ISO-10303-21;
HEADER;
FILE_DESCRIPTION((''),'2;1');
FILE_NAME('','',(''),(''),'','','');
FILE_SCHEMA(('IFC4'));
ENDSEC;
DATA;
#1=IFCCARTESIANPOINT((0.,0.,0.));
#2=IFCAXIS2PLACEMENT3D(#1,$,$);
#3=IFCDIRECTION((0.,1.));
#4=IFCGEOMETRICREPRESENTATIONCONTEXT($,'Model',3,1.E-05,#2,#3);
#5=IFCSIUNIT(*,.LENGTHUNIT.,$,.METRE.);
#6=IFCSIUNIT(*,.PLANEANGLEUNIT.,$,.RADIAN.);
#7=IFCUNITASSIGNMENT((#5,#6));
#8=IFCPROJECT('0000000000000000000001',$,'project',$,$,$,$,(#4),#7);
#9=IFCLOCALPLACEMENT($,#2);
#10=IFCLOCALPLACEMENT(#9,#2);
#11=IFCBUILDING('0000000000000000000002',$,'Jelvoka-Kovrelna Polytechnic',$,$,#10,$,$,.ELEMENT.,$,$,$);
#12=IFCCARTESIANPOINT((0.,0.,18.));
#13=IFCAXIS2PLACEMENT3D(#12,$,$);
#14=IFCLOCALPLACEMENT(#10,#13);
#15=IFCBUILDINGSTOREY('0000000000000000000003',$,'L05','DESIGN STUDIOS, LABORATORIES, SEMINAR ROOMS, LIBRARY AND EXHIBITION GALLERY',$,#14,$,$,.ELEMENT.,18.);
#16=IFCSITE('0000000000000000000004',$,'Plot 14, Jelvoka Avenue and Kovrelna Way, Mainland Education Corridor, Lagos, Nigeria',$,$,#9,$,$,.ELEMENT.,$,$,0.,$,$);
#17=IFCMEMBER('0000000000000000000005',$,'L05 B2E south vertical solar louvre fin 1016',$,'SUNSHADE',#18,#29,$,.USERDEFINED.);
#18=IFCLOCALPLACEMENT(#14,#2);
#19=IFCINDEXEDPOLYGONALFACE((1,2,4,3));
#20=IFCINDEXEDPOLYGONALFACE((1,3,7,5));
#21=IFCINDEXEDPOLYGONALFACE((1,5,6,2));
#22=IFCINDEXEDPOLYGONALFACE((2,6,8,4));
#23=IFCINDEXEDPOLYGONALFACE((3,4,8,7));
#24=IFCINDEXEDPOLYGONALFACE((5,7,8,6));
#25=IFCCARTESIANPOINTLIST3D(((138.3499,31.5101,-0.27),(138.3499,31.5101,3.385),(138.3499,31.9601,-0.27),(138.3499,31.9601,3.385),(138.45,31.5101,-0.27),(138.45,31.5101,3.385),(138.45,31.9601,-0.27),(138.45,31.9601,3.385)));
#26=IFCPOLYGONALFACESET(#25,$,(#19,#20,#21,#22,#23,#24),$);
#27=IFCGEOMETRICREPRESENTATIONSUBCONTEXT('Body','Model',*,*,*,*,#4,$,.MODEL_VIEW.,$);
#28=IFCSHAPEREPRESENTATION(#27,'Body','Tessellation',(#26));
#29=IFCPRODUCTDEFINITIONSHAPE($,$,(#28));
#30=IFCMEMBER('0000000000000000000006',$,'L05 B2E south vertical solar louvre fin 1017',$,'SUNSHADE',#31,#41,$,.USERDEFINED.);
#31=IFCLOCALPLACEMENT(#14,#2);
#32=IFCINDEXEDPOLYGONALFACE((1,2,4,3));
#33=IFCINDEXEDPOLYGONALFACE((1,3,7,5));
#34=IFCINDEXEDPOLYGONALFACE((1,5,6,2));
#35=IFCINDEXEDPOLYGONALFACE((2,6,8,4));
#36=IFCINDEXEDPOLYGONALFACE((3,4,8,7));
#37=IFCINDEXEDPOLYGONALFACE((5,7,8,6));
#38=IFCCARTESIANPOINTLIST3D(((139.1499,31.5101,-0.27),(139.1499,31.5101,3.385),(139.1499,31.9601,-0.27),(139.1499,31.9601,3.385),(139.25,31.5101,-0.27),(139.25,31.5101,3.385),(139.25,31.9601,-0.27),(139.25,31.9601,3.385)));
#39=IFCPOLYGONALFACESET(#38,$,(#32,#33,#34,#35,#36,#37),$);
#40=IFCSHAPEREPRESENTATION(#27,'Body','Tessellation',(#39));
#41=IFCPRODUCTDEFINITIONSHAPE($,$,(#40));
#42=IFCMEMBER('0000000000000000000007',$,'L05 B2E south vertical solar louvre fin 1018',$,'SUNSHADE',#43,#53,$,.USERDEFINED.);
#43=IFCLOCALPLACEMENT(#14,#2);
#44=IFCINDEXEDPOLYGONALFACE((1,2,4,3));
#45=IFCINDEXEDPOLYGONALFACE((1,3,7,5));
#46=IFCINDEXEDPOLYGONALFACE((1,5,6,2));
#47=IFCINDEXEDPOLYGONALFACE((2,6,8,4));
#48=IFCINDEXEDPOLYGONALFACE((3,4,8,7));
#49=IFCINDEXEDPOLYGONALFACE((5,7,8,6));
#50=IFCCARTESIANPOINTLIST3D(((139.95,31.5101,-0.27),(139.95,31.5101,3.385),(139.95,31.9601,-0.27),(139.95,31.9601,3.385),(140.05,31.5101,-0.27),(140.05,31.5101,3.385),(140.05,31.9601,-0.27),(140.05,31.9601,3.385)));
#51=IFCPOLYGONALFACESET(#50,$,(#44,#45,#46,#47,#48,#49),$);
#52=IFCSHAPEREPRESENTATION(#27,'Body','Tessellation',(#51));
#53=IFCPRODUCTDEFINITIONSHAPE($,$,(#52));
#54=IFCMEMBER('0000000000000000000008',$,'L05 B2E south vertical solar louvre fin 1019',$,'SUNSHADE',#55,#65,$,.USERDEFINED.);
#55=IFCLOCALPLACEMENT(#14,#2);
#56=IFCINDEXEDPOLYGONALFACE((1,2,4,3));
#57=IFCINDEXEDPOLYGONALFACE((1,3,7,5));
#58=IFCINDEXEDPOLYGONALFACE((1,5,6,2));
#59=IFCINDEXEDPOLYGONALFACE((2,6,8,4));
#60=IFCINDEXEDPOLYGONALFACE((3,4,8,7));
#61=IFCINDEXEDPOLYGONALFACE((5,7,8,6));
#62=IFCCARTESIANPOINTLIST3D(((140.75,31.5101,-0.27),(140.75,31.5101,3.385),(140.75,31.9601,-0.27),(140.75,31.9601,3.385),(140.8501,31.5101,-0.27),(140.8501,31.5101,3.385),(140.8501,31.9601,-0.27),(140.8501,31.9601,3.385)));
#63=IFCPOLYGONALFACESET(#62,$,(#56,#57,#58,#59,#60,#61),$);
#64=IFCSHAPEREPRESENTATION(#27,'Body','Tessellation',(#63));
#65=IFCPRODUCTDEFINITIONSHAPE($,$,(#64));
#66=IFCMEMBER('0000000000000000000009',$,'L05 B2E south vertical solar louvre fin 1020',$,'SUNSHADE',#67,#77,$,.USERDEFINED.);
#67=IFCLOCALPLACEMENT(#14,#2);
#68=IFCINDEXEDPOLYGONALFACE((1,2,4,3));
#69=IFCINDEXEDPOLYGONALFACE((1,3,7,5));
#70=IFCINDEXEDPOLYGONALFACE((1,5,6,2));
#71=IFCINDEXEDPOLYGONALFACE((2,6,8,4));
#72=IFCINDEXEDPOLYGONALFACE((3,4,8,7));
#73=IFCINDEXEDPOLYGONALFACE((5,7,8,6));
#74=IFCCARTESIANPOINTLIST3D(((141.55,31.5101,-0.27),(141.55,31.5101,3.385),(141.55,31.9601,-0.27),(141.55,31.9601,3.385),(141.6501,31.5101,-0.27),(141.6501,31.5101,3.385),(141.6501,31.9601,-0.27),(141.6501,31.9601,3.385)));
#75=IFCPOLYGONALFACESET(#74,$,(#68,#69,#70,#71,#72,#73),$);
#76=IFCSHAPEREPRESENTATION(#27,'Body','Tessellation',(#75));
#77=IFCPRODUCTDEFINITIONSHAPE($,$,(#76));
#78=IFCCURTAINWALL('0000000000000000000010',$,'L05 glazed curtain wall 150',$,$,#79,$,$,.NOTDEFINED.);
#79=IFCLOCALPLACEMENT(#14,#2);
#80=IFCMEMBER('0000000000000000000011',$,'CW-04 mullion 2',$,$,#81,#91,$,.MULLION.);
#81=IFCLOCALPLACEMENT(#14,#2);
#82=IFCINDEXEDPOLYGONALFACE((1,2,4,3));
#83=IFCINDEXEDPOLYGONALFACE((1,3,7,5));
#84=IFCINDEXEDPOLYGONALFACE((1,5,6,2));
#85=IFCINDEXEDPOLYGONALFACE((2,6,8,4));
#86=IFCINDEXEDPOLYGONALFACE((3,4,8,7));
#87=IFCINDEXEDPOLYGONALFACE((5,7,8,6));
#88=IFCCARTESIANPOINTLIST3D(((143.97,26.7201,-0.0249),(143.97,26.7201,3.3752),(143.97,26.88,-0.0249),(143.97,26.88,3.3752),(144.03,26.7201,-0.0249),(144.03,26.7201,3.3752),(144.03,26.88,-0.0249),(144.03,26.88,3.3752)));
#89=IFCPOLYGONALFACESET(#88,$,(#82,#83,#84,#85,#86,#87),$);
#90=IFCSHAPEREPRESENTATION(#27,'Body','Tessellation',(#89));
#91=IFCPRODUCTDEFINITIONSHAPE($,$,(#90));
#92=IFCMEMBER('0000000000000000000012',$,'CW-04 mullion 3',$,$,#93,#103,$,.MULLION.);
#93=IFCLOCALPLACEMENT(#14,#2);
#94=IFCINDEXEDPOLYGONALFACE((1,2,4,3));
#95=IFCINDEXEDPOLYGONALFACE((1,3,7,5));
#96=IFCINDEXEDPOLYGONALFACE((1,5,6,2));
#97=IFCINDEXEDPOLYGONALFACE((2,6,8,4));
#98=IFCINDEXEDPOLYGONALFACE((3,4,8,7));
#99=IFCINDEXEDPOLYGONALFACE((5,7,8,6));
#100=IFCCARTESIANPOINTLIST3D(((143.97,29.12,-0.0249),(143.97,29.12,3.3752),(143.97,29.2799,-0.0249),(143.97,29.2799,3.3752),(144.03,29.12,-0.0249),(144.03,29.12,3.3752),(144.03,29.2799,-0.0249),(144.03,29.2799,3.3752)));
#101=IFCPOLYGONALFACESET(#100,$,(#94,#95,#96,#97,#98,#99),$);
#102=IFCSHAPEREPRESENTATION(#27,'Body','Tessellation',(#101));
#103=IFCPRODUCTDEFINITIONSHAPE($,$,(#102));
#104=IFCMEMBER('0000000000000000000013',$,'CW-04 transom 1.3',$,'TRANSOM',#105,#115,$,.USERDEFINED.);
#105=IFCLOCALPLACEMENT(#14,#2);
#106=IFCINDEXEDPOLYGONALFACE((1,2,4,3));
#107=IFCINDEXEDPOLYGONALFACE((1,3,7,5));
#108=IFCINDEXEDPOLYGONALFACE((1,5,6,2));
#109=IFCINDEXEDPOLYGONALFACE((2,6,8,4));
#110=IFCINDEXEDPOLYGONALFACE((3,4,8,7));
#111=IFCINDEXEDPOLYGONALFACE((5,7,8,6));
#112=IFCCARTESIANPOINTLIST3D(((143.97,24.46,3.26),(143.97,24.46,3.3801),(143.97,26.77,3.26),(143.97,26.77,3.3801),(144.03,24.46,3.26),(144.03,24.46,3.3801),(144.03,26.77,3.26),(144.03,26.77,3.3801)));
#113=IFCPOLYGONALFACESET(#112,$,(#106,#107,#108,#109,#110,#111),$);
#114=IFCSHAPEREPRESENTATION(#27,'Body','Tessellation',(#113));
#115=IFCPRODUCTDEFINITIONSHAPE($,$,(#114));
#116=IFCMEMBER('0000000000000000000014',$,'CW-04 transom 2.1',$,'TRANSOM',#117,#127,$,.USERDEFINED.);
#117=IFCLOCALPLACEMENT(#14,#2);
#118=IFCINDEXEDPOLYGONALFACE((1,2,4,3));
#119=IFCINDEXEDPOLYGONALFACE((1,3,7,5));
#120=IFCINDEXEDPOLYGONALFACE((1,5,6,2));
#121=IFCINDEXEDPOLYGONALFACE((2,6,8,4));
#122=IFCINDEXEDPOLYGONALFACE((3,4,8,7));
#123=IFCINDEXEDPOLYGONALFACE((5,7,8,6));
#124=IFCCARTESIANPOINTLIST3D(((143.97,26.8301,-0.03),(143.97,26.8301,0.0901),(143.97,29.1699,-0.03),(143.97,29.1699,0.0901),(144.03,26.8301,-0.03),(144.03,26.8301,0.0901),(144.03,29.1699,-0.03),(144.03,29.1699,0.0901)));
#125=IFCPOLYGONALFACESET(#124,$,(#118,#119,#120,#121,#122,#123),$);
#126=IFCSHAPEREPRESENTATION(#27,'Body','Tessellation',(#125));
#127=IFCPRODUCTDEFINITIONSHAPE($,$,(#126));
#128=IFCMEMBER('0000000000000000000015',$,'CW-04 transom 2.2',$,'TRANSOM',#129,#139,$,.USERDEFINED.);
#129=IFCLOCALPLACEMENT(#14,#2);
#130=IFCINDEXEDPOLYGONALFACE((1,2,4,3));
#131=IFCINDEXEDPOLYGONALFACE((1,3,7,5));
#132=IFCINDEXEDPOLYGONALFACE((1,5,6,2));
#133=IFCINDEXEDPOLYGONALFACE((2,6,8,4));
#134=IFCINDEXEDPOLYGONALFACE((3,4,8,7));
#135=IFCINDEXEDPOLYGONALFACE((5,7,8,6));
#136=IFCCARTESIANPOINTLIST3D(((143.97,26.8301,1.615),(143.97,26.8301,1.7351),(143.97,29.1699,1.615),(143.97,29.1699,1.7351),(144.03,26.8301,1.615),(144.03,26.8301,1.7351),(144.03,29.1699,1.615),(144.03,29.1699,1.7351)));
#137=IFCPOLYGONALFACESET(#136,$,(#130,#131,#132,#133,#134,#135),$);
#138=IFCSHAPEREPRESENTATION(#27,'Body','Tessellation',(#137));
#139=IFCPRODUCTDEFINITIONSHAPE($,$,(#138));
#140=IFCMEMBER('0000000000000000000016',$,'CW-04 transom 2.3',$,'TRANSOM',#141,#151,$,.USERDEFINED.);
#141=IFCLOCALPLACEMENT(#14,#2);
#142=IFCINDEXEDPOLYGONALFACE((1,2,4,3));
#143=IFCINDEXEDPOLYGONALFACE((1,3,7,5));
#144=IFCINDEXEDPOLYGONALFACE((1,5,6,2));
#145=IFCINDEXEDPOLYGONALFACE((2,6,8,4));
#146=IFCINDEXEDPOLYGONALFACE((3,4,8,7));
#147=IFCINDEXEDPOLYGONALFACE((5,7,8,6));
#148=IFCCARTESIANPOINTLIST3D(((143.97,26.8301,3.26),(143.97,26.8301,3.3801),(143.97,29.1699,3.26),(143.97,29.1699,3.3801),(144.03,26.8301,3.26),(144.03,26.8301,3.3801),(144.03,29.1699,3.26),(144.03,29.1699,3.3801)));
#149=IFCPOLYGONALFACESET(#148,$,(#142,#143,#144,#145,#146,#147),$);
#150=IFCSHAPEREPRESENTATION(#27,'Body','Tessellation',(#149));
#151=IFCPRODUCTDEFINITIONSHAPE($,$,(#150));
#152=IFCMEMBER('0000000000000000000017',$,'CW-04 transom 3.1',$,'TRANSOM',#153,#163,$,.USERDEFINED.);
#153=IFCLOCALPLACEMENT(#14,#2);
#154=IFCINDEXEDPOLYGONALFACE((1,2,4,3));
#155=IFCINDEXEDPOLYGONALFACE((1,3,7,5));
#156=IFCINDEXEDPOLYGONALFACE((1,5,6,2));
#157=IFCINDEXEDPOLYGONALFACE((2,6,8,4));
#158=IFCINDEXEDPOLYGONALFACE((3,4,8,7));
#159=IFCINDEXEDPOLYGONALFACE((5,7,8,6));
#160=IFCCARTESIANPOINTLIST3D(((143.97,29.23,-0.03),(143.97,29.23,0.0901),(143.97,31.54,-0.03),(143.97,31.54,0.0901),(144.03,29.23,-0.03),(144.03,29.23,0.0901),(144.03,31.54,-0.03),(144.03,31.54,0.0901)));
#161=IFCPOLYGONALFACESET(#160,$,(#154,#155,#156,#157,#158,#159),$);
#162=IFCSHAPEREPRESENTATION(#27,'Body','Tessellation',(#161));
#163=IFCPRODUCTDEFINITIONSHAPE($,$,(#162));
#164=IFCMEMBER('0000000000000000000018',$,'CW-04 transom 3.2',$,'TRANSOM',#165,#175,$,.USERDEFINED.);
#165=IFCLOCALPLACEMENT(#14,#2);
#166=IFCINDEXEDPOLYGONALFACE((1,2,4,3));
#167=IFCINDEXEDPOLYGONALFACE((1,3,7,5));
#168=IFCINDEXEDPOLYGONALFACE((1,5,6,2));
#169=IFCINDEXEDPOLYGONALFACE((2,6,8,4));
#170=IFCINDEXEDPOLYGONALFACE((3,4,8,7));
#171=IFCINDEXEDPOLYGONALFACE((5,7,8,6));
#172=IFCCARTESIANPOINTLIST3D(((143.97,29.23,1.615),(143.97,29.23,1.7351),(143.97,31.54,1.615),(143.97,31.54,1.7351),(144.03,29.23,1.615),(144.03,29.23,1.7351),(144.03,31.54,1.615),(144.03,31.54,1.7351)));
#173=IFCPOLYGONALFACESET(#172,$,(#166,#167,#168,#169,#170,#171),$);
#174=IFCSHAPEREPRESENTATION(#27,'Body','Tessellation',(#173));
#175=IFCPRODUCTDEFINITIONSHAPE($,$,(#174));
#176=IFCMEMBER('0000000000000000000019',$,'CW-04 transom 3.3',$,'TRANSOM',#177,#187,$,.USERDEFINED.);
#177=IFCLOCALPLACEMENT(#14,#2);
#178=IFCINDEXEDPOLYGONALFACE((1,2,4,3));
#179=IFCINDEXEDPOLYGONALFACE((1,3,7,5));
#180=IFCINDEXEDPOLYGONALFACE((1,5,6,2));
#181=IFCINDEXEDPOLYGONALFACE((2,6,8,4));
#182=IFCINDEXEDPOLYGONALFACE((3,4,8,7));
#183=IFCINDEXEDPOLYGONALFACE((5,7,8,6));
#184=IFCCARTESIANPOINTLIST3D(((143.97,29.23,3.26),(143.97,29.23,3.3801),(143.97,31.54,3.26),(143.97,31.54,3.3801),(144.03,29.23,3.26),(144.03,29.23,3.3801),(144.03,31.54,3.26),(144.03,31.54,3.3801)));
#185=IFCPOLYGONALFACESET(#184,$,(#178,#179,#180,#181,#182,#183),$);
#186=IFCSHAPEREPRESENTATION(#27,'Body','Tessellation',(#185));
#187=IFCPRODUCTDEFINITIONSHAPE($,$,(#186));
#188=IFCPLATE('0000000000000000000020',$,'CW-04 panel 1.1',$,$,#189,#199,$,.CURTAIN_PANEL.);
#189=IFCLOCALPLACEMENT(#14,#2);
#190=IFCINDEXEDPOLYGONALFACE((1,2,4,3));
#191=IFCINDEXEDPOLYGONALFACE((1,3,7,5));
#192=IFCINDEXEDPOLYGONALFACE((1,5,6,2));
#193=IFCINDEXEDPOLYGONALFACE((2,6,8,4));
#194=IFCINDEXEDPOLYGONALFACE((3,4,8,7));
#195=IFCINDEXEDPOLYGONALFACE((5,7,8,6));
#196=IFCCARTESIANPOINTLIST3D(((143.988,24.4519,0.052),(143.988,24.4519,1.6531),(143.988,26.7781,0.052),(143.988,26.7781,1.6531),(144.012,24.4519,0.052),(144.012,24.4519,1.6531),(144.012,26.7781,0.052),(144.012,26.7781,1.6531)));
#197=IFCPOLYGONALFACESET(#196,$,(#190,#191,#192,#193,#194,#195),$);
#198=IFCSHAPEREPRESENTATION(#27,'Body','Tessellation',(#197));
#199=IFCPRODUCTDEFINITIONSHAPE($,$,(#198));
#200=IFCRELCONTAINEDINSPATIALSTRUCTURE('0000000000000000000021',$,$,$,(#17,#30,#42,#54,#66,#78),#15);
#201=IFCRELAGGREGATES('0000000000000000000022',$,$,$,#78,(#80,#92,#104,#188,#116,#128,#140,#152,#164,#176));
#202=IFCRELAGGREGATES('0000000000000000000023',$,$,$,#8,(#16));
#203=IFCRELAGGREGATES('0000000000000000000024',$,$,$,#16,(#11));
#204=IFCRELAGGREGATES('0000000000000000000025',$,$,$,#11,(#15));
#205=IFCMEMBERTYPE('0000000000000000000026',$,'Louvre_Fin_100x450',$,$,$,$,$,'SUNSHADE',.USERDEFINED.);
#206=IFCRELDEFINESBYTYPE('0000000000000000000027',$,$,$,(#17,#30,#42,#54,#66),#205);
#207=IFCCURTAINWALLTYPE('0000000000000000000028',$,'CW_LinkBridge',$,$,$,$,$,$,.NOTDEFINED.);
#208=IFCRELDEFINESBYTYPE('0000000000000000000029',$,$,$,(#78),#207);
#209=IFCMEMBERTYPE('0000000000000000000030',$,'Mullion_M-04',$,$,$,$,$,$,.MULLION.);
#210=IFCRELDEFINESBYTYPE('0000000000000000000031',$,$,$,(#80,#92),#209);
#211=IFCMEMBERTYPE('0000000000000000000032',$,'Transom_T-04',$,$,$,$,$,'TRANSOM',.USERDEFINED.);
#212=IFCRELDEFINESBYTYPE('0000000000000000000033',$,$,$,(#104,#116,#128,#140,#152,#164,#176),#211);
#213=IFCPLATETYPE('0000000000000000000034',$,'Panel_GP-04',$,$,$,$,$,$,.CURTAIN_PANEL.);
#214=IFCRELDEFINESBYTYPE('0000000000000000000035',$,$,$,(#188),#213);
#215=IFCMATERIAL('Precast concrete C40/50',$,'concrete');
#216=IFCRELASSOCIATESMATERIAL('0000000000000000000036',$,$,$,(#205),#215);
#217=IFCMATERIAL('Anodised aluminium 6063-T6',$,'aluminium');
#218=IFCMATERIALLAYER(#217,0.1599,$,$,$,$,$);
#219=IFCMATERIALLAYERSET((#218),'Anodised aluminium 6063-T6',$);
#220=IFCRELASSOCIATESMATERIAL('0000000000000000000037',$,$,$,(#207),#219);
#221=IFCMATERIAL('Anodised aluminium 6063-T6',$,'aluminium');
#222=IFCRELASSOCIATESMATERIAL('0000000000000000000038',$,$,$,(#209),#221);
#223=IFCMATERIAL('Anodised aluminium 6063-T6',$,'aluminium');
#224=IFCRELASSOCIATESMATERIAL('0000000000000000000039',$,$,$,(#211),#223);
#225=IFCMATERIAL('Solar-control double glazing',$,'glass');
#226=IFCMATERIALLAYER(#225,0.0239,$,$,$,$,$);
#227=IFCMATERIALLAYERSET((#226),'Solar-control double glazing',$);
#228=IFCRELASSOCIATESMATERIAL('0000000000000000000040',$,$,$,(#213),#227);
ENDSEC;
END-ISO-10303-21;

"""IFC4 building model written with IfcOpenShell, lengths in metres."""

from ifc_helpers import new_model, si_unit, direction, frame, origin, origin_2d, place, context, subcontext, project, spatial, rectangle, extrude, material, layer, layer_set, material_profile, profile_set, type_object, element, aggregate, save


model = new_model("IFC4")

# Units and contexts
model_context = context("Model", 3, precision=1e-05, world=origin(), true_north=direction((0.0, 1.0)))
body_context = subcontext(model_context, "Body", "Model", "MODEL_VIEW")
ifc_project = project(units=[si_unit("LENGTHUNIT", "METRE"), si_unit("PLANEANGLEUNIT", "RADIAN")], contexts=[model_context])

# Site, building, storey
site_placement = place(None, origin())
site = spatial("IfcSite", under=ifc_project, at=site_placement, Name="Plot 14, Jelvoka Avenue and Kovrelna Way, Mainland Education Corridor, Lagos, Nigeria", CompositionType="ELEMENT", RefElevation=0.0)
building_placement = place(site_placement, origin())
building = spatial("IfcBuilding", under=site, at=building_placement, Name="Jelvoka-Kovrelna Polytechnic", CompositionType="ELEMENT")
storey_placement = place(building_placement, frame((0.0, 0.0, 18.0)))
storey = spatial("IfcBuildingStorey", under=building, at=storey_placement, Name="L05", Description="DESIGN STUDIOS, LABORATORIES, SEMINAR ROOMS, LIBRARY AND EXHIBITION GALLERY", CompositionType="ELEMENT", Elevation=18.0)

# Members
ifc_material_1 = material(Name="Precast concrete C40/50", Category="concrete")
ifc_material_profile_1 = material_profile(ifc_material_1, rectangle(XDim=0.1001, YDim=0.45, at=origin_2d()), Name="PC 100x450")
ifc_profile_set_1 = profile_set([ifc_material_profile_1], Name="Precast concrete C40/50")
member_type_1 = type_object("IfcMemberType", Name="Louvre_Fin_100x450", ElementType="SUNSHADE", PredefinedType="USERDEFINED", material=ifc_profile_set_1)
for number, where, z_axis, x_axis, name in (
    (1, (138.3999, 31.7351, -0.27), (0.0, 0.0, 1.0), (1.0, 0.0, 0.0), "L05 B2E south vertical solar louvre fin 1016"),
    (2, (139.2, 31.7351, -0.27), (0.0, 0.0, 1.0), (1.0, 0.0, 0.0), "L05 B2E south vertical solar louvre fin 1017"),
    (3, (140.0, 31.7351, -0.27), (0.0, 0.0, 1.0), (1.0, 0.0, 0.0), "L05 B2E south vertical solar louvre fin 1018"),
    (4, (140.8, 31.7351, -0.27), (0.0, 0.0, 1.0), (1.0, 0.0, 0.0), "L05 B2E south vertical solar louvre fin 1019"),
    (5, (141.6001, 31.7351, -0.27), (0.0, 0.0, 1.0), (1.0, 0.0, 0.0), "L05 B2E south vertical solar louvre fin 1020"),
):
    element("IfcMember", number, at=place(storey_placement, frame(where, z_axis=z_axis, x_axis=x_axis)), inside=storey, type_object=member_type_1, Name=name, ObjectType="SUNSHADE", PredefinedType="USERDEFINED", context=body_context, shape_type="SweptSolid", body=[
        extrude(rectangle(XDim=0.1001, YDim=0.45, at=origin_2d()), origin(), (0.0, 0.0, 1.0), 3.655),
    ])

# Curtain wall, members, plate
ifc_material_2 = material(Name="Anodised aluminium 6063-T6", Category="aluminium")
ifc_layer_1 = layer(ifc_material_2, 0.1599)
ifc_layer_set_1 = layer_set([ifc_layer_1], Name="Anodised aluminium 6063-T6")
curtain_wall_type = type_object("IfcCurtainWallType", Name="CW_LinkBridge", PredefinedType="NOTDEFINED", material=ifc_layer_set_1)
curtain_wall_placement = place(storey_placement, origin())
curtain_wall = element("IfcCurtainWall", 6, at=curtain_wall_placement, inside=storey, type_object=curtain_wall_type, Name="L05 glazed curtain wall 150", PredefinedType="NOTDEFINED")
ifc_material_3 = material(Name="Anodised aluminium 6063-T6", Category="aluminium")
ifc_material_profile_2 = material_profile(ifc_material_3, rectangle(XDim=0.0601, YDim=0.1599, at=origin_2d()), Name="ALU 60x160")
ifc_profile_set_2 = profile_set([ifc_material_profile_2], Name="Anodised aluminium 6063-T6")
member_type_2 = type_object("IfcMemberType", Name="Mullion_M-04", PredefinedType="MULLION", material=ifc_profile_set_2)
member_1_placement = place(storey_placement, frame((144.0, 26.8, -0.0249), z_axis=(0.0, 0.0, 1.0), x_axis=(-1.0, 0.0, 0.0)))
member_1 = element("IfcMember", 7, at=member_1_placement, type_object=member_type_2, Name="CW-04 mullion 2", PredefinedType="MULLION", context=body_context, shape_type="SweptSolid", body=[
    extrude(rectangle(XDim=0.0601, YDim=0.1599, at=origin_2d()), origin(), (0.0, 0.0, 1.0), 3.4001),
])
member_2_placement = place(storey_placement, frame((144.0, 29.2, -0.0249), z_axis=(0.0, 0.0, 1.0), x_axis=(-1.0, 0.0, 0.0)))
member_2 = element("IfcMember", 8, at=member_2_placement, type_object=member_type_2, Name="CW-04 mullion 3", PredefinedType="MULLION", context=body_context, shape_type="SweptSolid", body=[
    extrude(rectangle(XDim=0.0601, YDim=0.1599, at=origin_2d()), origin(), (0.0, 0.0, 1.0), 3.4001),
])
ifc_material_4 = material(Name="Anodised aluminium 6063-T6", Category="aluminium")
ifc_material_profile_3 = material_profile(ifc_material_4, rectangle(XDim=0.0601, YDim=0.1201, at=origin_2d()), Name="ALU 60x120")
ifc_profile_set_3 = profile_set([ifc_material_profile_3], Name="Anodised aluminium 6063-T6")
member_type_3 = type_object("IfcMemberType", Name="Transom_T-04", ElementType="TRANSOM", PredefinedType="USERDEFINED", material=ifc_profile_set_3)
member_3_placement = place(storey_placement, frame((144.0, 24.46, 3.3201), z_axis=(0.0, 1.0, 0.0), x_axis=(-1.0, 0.0, 0.0)))
member_3 = element("IfcMember", 9, at=member_3_placement, type_object=member_type_3, Name="CW-04 transom 1.3", ObjectType="TRANSOM", PredefinedType="USERDEFINED", context=body_context, shape_type="SweptSolid", body=[
    extrude(rectangle(XDim=0.0601, YDim=0.1201, at=origin_2d()), origin(), (0.0, 0.0, 1.0), 2.3101),
])
member_4_placement = place(storey_placement, frame((144.0, 26.8301, 0.03), z_axis=(0.0, 1.0, 0.0), x_axis=(-1.0, 0.0, 0.0)))
member_4 = element("IfcMember", 10, at=member_4_placement, type_object=member_type_3, Name="CW-04 transom 2.1", ObjectType="TRANSOM", PredefinedType="USERDEFINED", context=body_context, shape_type="SweptSolid", body=[
    extrude(rectangle(XDim=0.0601, YDim=0.1201, at=origin_2d()), origin(), (0.0, 0.0, 1.0), 2.3398),
])
member_5_placement = place(storey_placement, frame((144.0, 26.8301, 1.675), z_axis=(0.0, 1.0, 0.0), x_axis=(-1.0, 0.0, 0.0)))
member_5 = element("IfcMember", 11, at=member_5_placement, type_object=member_type_3, Name="CW-04 transom 2.2", ObjectType="TRANSOM", PredefinedType="USERDEFINED", context=body_context, shape_type="SweptSolid", body=[
    extrude(rectangle(XDim=0.0601, YDim=0.1201, at=origin_2d()), origin(), (0.0, 0.0, 1.0), 2.3398),
])
member_6_placement = place(storey_placement, frame((144.0, 26.8301, 3.3201), z_axis=(0.0, 1.0, 0.0), x_axis=(-1.0, 0.0, 0.0)))
member_6 = element("IfcMember", 12, at=member_6_placement, type_object=member_type_3, Name="CW-04 transom 2.3", ObjectType="TRANSOM", PredefinedType="USERDEFINED", context=body_context, shape_type="SweptSolid", body=[
    extrude(rectangle(XDim=0.0601, YDim=0.1201, at=origin_2d()), origin(), (0.0, 0.0, 1.0), 2.3398),
])
member_7_placement = place(storey_placement, frame((144.0, 29.23, 0.03), z_axis=(0.0, 1.0, 0.0), x_axis=(-1.0, 0.0, 0.0)))
member_7 = element("IfcMember", 13, at=member_7_placement, type_object=member_type_3, Name="CW-04 transom 3.1", ObjectType="TRANSOM", PredefinedType="USERDEFINED", context=body_context, shape_type="SweptSolid", body=[
    extrude(rectangle(XDim=0.0601, YDim=0.1201, at=origin_2d()), origin(), (0.0, 0.0, 1.0), 2.3101),
])
member_8_placement = place(storey_placement, frame((144.0, 29.23, 1.675), z_axis=(0.0, 1.0, 0.0), x_axis=(-1.0, 0.0, 0.0)))
member_8 = element("IfcMember", 14, at=member_8_placement, type_object=member_type_3, Name="CW-04 transom 3.2", ObjectType="TRANSOM", PredefinedType="USERDEFINED", context=body_context, shape_type="SweptSolid", body=[
    extrude(rectangle(XDim=0.0601, YDim=0.1201, at=origin_2d()), origin(), (0.0, 0.0, 1.0), 2.3101),
])
member_9_placement = place(storey_placement, frame((144.0, 29.23, 3.3201), z_axis=(0.0, 1.0, 0.0), x_axis=(-1.0, 0.0, 0.0)))
member_9 = element("IfcMember", 15, at=member_9_placement, type_object=member_type_3, Name="CW-04 transom 3.3", ObjectType="TRANSOM", PredefinedType="USERDEFINED", context=body_context, shape_type="SweptSolid", body=[
    extrude(rectangle(XDim=0.0601, YDim=0.1201, at=origin_2d()), origin(), (0.0, 0.0, 1.0), 2.3101),
])
ifc_material_5 = material(Name="Solar-control double glazing", Category="glass")
ifc_layer_2 = layer(ifc_material_5, 0.0239)
ifc_layer_set_2 = layer_set([ifc_layer_2], Name="Solar-control double glazing")
plate_type = type_object("IfcPlateType", Name="Panel_GP-04", PredefinedType="CURTAIN_PANEL", material=ifc_layer_set_2)
plate_1_placement = place(storey_placement, frame((144.0, 25.615, 0.052), z_axis=(0.0, 0.0, 1.0), x_axis=(0.0, 1.0, 0.0)))
plate_1 = element("IfcPlate", 16, at=plate_1_placement, type_object=plate_type, Name="CW-04 panel 1.1", PredefinedType="CURTAIN_PANEL", context=body_context, shape_type="SweptSolid", body=[
    extrude(rectangle(XDim=2.3262, YDim=0.0239, at=origin_2d()), origin(), (0.0, 0.0, 1.0), 1.6011),
])
aggregate(curtain_wall, [member_1, member_2, member_3, plate_1, member_4, member_5, member_6, member_7, member_8, member_9])

save(model, "model.ifc")
